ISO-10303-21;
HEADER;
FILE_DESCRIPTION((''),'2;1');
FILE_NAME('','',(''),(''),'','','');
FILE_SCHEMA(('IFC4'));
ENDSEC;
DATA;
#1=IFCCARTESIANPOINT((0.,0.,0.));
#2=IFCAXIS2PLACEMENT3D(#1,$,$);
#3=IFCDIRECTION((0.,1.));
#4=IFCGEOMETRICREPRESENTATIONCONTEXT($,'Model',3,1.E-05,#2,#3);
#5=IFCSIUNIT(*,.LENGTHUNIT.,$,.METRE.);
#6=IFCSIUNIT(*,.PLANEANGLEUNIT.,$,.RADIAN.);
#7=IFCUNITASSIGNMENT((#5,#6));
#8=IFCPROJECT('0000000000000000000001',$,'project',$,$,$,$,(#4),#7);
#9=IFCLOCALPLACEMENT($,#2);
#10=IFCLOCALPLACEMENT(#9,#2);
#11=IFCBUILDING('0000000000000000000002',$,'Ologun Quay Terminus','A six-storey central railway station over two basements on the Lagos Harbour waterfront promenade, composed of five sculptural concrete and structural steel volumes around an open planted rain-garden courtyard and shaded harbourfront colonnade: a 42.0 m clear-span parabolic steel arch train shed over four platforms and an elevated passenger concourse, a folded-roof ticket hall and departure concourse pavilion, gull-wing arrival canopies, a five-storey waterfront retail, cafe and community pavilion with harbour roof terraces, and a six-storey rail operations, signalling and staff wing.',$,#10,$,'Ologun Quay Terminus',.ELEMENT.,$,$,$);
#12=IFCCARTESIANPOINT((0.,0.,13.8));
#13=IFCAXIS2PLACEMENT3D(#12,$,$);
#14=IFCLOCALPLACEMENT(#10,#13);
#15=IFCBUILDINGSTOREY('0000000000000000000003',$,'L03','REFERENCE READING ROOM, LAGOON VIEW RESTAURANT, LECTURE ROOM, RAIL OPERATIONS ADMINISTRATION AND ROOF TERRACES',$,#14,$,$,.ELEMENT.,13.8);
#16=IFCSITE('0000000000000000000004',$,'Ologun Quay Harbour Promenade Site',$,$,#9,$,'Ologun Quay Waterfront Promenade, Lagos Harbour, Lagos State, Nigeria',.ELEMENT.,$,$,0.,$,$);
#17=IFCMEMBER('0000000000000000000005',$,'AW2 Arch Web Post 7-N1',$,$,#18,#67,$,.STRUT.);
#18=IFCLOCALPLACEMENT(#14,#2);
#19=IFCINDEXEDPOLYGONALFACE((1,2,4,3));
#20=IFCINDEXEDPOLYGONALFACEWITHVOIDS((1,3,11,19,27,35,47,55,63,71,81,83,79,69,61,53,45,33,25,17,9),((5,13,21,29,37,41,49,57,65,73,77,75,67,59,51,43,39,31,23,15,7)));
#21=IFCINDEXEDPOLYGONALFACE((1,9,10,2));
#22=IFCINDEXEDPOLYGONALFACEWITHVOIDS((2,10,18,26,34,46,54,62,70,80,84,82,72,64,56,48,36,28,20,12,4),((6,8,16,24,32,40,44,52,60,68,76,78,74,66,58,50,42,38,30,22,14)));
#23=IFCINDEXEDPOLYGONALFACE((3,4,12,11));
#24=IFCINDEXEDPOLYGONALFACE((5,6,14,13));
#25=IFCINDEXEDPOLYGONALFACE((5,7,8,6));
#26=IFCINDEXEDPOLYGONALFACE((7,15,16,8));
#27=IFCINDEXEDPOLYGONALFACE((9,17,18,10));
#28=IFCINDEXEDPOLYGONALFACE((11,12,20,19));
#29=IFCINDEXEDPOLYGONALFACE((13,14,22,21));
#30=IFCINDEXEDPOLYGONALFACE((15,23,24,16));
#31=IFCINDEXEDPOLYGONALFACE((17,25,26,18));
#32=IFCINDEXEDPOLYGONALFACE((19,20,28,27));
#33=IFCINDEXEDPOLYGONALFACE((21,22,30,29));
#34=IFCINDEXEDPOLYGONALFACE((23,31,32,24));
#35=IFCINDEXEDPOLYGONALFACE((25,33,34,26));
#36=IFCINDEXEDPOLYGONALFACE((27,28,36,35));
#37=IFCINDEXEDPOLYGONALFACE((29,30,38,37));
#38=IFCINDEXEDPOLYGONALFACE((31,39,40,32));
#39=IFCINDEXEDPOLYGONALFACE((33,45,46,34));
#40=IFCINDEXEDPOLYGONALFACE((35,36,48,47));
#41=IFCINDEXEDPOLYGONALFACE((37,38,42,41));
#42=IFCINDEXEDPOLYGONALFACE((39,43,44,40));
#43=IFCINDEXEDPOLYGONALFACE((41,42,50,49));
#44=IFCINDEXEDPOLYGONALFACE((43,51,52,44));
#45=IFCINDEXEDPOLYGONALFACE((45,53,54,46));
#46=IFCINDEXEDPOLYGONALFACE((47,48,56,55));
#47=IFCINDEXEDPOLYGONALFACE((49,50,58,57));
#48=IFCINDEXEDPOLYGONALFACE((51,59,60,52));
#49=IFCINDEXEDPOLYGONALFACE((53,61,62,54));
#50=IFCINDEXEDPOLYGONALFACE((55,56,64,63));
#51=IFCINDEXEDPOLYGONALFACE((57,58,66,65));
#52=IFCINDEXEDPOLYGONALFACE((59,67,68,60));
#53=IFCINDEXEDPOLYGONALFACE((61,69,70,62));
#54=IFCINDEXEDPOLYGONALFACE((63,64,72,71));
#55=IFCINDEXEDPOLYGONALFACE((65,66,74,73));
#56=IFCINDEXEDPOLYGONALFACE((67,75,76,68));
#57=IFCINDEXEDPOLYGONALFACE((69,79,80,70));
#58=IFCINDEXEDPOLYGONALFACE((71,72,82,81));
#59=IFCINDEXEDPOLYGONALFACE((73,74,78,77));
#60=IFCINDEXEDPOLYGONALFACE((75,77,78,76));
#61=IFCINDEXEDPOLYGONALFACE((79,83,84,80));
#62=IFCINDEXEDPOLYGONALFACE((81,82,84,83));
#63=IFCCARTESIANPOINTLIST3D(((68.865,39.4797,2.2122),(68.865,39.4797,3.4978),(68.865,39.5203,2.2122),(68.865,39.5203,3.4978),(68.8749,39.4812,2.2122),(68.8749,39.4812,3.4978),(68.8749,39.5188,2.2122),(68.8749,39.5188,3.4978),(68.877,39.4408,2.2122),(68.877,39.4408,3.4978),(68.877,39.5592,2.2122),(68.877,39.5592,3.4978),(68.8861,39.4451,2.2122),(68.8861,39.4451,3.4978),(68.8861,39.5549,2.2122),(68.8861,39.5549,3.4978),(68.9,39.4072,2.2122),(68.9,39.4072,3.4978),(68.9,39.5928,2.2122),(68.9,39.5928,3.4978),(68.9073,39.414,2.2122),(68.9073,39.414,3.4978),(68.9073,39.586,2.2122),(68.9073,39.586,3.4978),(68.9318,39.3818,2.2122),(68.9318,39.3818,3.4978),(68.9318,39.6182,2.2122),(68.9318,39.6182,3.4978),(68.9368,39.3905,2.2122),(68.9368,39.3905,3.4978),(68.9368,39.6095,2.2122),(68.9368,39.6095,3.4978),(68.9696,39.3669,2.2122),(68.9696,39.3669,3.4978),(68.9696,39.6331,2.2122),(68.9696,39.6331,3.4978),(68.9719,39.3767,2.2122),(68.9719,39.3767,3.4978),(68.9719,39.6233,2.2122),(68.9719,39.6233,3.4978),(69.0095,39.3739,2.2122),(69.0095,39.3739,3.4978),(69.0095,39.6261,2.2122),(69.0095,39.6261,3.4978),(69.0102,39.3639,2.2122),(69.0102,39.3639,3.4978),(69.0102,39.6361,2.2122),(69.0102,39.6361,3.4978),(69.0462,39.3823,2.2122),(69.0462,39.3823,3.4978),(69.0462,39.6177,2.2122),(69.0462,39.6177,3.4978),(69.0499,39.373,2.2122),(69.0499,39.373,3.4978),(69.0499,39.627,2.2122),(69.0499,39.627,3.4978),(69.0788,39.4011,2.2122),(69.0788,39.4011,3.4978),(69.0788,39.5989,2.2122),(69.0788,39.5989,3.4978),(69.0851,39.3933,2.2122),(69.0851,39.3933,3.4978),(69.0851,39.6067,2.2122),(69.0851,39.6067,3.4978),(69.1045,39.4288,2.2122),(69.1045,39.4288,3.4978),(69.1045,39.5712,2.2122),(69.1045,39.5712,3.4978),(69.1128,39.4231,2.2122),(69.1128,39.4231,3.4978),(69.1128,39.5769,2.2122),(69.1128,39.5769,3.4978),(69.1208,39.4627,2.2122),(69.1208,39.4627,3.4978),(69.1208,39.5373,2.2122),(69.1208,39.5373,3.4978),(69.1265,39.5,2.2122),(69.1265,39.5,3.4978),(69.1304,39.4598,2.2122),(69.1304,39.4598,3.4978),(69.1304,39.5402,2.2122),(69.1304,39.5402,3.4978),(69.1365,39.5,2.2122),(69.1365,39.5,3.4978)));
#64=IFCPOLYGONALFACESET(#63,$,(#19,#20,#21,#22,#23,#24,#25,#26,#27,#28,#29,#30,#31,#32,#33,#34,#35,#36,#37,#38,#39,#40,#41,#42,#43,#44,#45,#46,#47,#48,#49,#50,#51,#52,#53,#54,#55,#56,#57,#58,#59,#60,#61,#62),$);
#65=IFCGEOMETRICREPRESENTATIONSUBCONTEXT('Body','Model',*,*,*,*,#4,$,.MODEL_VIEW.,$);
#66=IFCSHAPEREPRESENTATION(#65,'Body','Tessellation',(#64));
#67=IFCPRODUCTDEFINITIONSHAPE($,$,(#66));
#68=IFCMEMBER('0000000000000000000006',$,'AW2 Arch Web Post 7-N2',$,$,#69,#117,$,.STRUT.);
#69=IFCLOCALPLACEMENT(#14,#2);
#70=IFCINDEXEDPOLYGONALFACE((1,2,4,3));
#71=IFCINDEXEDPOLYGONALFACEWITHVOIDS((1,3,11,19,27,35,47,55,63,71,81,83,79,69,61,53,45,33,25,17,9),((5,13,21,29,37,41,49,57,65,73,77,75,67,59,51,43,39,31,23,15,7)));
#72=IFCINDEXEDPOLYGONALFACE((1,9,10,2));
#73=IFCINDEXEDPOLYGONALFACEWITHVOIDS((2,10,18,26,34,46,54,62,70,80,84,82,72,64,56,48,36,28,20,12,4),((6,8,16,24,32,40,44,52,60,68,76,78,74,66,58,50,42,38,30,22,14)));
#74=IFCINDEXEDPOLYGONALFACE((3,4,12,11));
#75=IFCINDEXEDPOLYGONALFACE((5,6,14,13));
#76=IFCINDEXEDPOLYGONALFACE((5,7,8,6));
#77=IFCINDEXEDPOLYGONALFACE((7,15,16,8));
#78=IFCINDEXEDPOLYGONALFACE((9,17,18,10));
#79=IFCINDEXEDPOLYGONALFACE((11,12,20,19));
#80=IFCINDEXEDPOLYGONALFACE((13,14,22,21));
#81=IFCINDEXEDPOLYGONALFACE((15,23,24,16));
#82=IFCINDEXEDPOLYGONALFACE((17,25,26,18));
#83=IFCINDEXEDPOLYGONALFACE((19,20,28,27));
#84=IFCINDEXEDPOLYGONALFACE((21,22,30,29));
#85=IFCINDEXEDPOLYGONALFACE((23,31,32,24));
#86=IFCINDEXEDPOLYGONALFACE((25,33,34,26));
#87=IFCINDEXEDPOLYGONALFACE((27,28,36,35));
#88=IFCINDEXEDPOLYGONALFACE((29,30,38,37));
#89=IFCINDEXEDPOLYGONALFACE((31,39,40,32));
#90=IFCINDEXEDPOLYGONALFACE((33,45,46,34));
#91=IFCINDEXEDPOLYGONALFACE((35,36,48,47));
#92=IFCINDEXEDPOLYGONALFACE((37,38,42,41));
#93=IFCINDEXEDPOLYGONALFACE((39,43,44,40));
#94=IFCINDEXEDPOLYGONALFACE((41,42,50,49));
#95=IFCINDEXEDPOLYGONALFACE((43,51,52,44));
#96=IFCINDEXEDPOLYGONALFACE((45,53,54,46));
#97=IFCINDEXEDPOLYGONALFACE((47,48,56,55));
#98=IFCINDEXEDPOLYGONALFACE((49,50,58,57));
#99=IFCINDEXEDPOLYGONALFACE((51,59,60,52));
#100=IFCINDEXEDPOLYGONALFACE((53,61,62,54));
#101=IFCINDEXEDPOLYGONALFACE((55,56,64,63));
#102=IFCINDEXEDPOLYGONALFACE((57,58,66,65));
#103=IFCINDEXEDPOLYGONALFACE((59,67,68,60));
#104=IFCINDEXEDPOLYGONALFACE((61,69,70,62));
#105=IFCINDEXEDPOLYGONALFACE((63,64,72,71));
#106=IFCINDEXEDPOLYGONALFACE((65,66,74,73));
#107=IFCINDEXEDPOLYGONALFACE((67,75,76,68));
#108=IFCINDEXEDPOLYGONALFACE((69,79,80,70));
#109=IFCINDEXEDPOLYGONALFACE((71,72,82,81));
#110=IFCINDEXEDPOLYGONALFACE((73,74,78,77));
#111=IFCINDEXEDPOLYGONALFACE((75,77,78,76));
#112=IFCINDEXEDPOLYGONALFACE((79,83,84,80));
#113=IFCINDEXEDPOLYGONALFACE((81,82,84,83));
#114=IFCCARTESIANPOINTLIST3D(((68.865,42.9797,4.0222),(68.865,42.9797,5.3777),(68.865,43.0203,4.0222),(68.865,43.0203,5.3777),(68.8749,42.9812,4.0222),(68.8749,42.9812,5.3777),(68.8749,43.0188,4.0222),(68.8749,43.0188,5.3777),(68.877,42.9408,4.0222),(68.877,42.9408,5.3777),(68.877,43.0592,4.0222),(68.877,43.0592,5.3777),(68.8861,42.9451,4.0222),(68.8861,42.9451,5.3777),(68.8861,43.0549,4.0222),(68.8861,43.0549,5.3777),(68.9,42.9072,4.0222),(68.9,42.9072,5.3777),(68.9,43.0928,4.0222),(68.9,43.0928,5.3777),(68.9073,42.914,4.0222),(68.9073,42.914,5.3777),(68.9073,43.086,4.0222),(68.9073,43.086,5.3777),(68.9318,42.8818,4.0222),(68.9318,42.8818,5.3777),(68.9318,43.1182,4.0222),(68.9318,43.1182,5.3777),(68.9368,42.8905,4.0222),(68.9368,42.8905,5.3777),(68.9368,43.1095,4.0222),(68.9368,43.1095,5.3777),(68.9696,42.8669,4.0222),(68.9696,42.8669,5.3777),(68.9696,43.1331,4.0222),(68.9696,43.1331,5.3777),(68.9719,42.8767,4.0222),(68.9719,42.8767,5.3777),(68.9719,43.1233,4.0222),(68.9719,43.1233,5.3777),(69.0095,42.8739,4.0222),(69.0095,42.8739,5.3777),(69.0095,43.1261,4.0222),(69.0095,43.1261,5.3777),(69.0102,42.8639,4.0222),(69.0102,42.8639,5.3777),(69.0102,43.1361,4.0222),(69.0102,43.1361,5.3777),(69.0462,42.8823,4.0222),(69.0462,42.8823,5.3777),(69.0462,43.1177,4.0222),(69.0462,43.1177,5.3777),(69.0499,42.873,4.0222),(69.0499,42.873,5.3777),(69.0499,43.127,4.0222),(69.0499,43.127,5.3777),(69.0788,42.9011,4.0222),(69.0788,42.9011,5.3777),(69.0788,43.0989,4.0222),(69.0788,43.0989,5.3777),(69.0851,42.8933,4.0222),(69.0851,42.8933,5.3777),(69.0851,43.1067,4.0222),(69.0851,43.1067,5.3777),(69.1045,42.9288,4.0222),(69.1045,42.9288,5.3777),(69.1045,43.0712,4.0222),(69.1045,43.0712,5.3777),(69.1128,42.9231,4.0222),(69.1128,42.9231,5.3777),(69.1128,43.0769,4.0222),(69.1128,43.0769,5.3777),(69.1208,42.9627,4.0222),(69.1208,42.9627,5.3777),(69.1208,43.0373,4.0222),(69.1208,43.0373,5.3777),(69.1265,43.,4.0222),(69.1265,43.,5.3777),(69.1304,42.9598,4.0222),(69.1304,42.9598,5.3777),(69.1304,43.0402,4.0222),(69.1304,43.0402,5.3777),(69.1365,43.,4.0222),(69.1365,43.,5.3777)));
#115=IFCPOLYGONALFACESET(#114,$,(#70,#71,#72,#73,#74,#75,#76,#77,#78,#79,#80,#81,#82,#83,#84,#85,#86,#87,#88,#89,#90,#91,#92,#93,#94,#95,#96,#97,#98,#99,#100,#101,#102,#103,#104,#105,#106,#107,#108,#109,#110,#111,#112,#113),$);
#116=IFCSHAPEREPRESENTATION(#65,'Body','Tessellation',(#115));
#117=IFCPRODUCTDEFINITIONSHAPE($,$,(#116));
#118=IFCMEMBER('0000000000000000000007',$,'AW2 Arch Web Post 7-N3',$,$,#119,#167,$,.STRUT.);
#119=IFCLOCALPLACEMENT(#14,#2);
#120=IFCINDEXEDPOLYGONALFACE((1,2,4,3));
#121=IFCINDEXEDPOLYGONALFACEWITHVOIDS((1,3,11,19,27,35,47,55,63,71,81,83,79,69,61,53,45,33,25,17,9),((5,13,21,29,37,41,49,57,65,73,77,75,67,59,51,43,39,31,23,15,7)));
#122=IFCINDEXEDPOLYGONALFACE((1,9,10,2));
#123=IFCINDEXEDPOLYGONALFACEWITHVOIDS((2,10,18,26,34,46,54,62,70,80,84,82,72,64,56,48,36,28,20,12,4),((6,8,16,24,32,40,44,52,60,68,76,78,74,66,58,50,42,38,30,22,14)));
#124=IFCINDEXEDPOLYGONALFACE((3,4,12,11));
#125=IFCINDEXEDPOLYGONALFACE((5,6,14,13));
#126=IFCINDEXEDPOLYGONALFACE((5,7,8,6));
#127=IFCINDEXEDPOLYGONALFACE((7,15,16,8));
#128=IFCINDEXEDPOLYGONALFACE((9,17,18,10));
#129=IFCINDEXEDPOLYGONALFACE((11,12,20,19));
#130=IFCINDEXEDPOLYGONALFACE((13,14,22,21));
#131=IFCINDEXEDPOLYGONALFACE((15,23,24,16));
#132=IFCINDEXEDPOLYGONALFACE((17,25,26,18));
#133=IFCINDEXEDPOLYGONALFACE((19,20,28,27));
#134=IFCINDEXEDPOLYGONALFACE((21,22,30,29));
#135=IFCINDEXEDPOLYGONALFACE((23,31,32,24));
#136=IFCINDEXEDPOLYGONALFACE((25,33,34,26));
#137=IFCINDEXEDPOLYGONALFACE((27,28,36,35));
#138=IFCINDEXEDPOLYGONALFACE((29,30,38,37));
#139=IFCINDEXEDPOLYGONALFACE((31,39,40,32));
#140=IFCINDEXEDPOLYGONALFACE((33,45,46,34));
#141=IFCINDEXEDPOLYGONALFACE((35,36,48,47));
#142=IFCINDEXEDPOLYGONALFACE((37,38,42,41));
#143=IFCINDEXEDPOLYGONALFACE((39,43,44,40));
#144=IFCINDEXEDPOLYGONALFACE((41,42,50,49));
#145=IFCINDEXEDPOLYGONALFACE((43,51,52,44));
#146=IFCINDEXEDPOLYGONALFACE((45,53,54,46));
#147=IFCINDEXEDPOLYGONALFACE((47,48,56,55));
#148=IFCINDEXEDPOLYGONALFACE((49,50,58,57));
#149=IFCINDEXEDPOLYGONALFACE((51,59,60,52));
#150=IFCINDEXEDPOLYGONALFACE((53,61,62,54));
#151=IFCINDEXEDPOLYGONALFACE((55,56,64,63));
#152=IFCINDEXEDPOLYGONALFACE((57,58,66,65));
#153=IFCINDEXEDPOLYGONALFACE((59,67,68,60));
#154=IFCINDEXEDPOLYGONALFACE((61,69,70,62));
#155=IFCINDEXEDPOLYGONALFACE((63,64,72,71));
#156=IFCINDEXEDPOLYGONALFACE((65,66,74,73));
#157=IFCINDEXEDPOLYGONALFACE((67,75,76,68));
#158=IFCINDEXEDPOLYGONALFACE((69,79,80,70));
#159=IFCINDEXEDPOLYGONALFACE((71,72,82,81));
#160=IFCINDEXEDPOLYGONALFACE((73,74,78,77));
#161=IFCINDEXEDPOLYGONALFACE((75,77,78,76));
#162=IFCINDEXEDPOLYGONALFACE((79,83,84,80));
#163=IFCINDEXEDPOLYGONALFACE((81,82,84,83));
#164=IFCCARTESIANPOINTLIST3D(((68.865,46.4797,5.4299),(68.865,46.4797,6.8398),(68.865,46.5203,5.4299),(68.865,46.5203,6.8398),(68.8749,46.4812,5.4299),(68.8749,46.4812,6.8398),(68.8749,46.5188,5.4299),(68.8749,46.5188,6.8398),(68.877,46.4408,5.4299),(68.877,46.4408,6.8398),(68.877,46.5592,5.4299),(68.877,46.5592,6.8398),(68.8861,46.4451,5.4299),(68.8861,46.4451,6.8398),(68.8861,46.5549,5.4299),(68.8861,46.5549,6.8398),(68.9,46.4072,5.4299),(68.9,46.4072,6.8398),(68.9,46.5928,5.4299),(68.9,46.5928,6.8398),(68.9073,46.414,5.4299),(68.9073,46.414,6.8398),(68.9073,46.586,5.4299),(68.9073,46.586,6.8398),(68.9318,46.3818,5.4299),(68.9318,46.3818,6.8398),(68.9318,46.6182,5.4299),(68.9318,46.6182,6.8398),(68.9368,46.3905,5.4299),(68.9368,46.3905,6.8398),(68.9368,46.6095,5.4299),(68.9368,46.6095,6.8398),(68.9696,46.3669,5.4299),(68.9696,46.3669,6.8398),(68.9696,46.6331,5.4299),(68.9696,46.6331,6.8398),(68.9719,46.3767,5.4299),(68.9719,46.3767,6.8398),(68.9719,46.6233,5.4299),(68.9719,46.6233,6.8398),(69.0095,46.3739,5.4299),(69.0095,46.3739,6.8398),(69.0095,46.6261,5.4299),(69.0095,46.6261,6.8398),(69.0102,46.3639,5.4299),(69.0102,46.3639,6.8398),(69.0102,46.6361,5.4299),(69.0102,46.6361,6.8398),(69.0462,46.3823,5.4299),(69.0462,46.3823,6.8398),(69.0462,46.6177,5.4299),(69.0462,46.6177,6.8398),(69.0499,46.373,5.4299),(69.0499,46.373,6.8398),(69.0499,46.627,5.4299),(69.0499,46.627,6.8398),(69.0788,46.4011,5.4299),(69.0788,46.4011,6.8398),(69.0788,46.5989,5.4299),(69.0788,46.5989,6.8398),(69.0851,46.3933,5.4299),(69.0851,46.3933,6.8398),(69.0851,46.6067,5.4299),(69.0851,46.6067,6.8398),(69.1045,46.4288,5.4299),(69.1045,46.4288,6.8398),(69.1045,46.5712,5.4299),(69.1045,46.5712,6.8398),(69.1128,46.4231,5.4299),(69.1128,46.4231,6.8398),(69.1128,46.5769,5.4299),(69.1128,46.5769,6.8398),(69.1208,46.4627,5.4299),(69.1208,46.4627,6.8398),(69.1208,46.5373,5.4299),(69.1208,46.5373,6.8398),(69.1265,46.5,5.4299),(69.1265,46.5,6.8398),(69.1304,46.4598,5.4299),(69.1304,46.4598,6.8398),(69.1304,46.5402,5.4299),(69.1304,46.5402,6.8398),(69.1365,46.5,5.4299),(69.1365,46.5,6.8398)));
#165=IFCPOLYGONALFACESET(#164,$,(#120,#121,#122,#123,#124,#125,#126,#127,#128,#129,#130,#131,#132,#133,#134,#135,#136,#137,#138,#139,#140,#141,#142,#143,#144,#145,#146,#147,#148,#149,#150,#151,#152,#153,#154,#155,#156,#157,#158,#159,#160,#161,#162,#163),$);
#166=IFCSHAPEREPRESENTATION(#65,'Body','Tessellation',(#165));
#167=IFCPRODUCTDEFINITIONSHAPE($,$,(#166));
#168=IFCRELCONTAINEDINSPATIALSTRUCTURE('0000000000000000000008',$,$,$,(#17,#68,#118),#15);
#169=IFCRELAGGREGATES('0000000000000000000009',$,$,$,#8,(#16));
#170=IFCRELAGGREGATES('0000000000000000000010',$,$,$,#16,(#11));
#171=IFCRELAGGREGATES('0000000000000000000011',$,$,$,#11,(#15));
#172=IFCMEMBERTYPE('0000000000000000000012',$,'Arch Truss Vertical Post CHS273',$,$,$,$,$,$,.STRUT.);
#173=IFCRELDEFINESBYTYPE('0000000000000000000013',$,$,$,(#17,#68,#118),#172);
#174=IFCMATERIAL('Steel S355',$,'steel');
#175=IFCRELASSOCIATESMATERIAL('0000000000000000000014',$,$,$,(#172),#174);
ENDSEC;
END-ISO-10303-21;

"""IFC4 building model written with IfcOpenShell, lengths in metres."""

from ifc_helpers import new_model, si_unit, direction, frame, origin, origin_2d, place, context, subcontext, project, spatial, hollow_circle, extrude, material, material_profile, profile_set, type_object, element, save


model = new_model("IFC4")

# Units and contexts
model_context = context("Model", 3, precision=1e-05, world=origin(), true_north=direction((0.0, 1.0)))
body_context = subcontext(model_context, "Body", "Model", "MODEL_VIEW")
ifc_project = project(units=[si_unit("LENGTHUNIT", "METRE"), si_unit("PLANEANGLEUNIT", "RADIAN")], contexts=[model_context])

# Site, building, storey
site_placement = place(None, origin())
site = spatial("IfcSite", under=ifc_project, at=site_placement, Name="Ologun Quay Harbour Promenade Site", LongName="Ologun Quay Waterfront Promenade, Lagos Harbour, Lagos State, Nigeria", CompositionType="ELEMENT", RefElevation=0.0)
building_placement = place(site_placement, origin())
building = spatial("IfcBuilding", under=site, at=building_placement, Name="Ologun Quay Terminus", Description="A six-storey central railway station over two basements on the Lagos Harbour waterfront promenade, composed of five sculptural concrete and structural steel volumes around an open planted rain-garden courtyard and shaded harbourfront colonnade: a 42.0 m clear-span parabolic steel arch train shed over four platforms and an elevated passenger concourse, a folded-roof ticket hall and departure concourse pavilion, gull-wing arrival canopies, a five-storey waterfront retail, cafe and community pavilion with harbour roof terraces, and a six-storey rail operations, signalling and staff wing.", LongName="Ologun Quay Terminus", CompositionType="ELEMENT")
storey_placement = place(building_placement, frame((0.0, 0.0, 13.8)))
storey = spatial("IfcBuildingStorey", under=building, at=storey_placement, Name="L03", Description="REFERENCE READING ROOM, LAGOON VIEW RESTAURANT, LECTURE ROOM, RAIL OPERATIONS ADMINISTRATION AND ROOF TERRACES", CompositionType="ELEMENT", Elevation=13.8)

# Members
ifc_material_1 = material(Name="Steel S355", Category="steel")
ifc_material_profile_1 = material_profile(ifc_material_1, hollow_circle(Radius=0.1365, WallThickness=0.01, at=origin_2d()), Name="CHS 273x10")
ifc_profile_set_1 = profile_set([ifc_material_profile_1], Name="Steel S355")
member_type_1 = type_object("IfcMemberType", Name="Arch Truss Vertical Post CHS273", PredefinedType="STRUT", material=ifc_profile_set_1)
member_1_placement = place(storey_placement, frame((69.0, 39.5, 2.2122), z_axis=(0.0, 0.0, 1.0), x_axis=(1.0, 0.0, 0.0)))
element("IfcMember", 1, at=member_1_placement, inside=storey, type_object=member_type_1, Name="AW2 Arch Web Post 7-N1", PredefinedType="STRUT", context=body_context, shape_type="SweptSolid", body=[
    extrude(hollow_circle(Radius=0.1365, WallThickness=0.01, at=origin_2d()), origin(), (0.0, 0.0, 1.0), 1.2856),
])
member_2_placement = place(storey_placement, frame((69.0, 43.0, 4.0222), z_axis=(0.0, 0.0, 1.0), x_axis=(1.0, 0.0, 0.0)))
element("IfcMember", 2, at=member_2_placement, inside=storey, type_object=member_type_1, Name="AW2 Arch Web Post 7-N2", PredefinedType="STRUT", context=body_context, shape_type="SweptSolid", body=[
    extrude(hollow_circle(Radius=0.1365, WallThickness=0.01, at=origin_2d()), origin(), (0.0, 0.0, 1.0), 1.3555),
])
member_3_placement = place(storey_placement, frame((69.0, 46.5, 5.4299), z_axis=(0.0, 0.0, 1.0), x_axis=(1.0, 0.0, 0.0)))
element("IfcMember", 3, at=member_3_placement, inside=storey, type_object=member_type_1, Name="AW2 Arch Web Post 7-N3", PredefinedType="STRUT", context=body_context, shape_type="SweptSolid", body=[
    extrude(hollow_circle(Radius=0.1365, WallThickness=0.01, at=origin_2d()), origin(), (0.0, 0.0, 1.0), 1.4099),
])

save(model, "model.ifc")
